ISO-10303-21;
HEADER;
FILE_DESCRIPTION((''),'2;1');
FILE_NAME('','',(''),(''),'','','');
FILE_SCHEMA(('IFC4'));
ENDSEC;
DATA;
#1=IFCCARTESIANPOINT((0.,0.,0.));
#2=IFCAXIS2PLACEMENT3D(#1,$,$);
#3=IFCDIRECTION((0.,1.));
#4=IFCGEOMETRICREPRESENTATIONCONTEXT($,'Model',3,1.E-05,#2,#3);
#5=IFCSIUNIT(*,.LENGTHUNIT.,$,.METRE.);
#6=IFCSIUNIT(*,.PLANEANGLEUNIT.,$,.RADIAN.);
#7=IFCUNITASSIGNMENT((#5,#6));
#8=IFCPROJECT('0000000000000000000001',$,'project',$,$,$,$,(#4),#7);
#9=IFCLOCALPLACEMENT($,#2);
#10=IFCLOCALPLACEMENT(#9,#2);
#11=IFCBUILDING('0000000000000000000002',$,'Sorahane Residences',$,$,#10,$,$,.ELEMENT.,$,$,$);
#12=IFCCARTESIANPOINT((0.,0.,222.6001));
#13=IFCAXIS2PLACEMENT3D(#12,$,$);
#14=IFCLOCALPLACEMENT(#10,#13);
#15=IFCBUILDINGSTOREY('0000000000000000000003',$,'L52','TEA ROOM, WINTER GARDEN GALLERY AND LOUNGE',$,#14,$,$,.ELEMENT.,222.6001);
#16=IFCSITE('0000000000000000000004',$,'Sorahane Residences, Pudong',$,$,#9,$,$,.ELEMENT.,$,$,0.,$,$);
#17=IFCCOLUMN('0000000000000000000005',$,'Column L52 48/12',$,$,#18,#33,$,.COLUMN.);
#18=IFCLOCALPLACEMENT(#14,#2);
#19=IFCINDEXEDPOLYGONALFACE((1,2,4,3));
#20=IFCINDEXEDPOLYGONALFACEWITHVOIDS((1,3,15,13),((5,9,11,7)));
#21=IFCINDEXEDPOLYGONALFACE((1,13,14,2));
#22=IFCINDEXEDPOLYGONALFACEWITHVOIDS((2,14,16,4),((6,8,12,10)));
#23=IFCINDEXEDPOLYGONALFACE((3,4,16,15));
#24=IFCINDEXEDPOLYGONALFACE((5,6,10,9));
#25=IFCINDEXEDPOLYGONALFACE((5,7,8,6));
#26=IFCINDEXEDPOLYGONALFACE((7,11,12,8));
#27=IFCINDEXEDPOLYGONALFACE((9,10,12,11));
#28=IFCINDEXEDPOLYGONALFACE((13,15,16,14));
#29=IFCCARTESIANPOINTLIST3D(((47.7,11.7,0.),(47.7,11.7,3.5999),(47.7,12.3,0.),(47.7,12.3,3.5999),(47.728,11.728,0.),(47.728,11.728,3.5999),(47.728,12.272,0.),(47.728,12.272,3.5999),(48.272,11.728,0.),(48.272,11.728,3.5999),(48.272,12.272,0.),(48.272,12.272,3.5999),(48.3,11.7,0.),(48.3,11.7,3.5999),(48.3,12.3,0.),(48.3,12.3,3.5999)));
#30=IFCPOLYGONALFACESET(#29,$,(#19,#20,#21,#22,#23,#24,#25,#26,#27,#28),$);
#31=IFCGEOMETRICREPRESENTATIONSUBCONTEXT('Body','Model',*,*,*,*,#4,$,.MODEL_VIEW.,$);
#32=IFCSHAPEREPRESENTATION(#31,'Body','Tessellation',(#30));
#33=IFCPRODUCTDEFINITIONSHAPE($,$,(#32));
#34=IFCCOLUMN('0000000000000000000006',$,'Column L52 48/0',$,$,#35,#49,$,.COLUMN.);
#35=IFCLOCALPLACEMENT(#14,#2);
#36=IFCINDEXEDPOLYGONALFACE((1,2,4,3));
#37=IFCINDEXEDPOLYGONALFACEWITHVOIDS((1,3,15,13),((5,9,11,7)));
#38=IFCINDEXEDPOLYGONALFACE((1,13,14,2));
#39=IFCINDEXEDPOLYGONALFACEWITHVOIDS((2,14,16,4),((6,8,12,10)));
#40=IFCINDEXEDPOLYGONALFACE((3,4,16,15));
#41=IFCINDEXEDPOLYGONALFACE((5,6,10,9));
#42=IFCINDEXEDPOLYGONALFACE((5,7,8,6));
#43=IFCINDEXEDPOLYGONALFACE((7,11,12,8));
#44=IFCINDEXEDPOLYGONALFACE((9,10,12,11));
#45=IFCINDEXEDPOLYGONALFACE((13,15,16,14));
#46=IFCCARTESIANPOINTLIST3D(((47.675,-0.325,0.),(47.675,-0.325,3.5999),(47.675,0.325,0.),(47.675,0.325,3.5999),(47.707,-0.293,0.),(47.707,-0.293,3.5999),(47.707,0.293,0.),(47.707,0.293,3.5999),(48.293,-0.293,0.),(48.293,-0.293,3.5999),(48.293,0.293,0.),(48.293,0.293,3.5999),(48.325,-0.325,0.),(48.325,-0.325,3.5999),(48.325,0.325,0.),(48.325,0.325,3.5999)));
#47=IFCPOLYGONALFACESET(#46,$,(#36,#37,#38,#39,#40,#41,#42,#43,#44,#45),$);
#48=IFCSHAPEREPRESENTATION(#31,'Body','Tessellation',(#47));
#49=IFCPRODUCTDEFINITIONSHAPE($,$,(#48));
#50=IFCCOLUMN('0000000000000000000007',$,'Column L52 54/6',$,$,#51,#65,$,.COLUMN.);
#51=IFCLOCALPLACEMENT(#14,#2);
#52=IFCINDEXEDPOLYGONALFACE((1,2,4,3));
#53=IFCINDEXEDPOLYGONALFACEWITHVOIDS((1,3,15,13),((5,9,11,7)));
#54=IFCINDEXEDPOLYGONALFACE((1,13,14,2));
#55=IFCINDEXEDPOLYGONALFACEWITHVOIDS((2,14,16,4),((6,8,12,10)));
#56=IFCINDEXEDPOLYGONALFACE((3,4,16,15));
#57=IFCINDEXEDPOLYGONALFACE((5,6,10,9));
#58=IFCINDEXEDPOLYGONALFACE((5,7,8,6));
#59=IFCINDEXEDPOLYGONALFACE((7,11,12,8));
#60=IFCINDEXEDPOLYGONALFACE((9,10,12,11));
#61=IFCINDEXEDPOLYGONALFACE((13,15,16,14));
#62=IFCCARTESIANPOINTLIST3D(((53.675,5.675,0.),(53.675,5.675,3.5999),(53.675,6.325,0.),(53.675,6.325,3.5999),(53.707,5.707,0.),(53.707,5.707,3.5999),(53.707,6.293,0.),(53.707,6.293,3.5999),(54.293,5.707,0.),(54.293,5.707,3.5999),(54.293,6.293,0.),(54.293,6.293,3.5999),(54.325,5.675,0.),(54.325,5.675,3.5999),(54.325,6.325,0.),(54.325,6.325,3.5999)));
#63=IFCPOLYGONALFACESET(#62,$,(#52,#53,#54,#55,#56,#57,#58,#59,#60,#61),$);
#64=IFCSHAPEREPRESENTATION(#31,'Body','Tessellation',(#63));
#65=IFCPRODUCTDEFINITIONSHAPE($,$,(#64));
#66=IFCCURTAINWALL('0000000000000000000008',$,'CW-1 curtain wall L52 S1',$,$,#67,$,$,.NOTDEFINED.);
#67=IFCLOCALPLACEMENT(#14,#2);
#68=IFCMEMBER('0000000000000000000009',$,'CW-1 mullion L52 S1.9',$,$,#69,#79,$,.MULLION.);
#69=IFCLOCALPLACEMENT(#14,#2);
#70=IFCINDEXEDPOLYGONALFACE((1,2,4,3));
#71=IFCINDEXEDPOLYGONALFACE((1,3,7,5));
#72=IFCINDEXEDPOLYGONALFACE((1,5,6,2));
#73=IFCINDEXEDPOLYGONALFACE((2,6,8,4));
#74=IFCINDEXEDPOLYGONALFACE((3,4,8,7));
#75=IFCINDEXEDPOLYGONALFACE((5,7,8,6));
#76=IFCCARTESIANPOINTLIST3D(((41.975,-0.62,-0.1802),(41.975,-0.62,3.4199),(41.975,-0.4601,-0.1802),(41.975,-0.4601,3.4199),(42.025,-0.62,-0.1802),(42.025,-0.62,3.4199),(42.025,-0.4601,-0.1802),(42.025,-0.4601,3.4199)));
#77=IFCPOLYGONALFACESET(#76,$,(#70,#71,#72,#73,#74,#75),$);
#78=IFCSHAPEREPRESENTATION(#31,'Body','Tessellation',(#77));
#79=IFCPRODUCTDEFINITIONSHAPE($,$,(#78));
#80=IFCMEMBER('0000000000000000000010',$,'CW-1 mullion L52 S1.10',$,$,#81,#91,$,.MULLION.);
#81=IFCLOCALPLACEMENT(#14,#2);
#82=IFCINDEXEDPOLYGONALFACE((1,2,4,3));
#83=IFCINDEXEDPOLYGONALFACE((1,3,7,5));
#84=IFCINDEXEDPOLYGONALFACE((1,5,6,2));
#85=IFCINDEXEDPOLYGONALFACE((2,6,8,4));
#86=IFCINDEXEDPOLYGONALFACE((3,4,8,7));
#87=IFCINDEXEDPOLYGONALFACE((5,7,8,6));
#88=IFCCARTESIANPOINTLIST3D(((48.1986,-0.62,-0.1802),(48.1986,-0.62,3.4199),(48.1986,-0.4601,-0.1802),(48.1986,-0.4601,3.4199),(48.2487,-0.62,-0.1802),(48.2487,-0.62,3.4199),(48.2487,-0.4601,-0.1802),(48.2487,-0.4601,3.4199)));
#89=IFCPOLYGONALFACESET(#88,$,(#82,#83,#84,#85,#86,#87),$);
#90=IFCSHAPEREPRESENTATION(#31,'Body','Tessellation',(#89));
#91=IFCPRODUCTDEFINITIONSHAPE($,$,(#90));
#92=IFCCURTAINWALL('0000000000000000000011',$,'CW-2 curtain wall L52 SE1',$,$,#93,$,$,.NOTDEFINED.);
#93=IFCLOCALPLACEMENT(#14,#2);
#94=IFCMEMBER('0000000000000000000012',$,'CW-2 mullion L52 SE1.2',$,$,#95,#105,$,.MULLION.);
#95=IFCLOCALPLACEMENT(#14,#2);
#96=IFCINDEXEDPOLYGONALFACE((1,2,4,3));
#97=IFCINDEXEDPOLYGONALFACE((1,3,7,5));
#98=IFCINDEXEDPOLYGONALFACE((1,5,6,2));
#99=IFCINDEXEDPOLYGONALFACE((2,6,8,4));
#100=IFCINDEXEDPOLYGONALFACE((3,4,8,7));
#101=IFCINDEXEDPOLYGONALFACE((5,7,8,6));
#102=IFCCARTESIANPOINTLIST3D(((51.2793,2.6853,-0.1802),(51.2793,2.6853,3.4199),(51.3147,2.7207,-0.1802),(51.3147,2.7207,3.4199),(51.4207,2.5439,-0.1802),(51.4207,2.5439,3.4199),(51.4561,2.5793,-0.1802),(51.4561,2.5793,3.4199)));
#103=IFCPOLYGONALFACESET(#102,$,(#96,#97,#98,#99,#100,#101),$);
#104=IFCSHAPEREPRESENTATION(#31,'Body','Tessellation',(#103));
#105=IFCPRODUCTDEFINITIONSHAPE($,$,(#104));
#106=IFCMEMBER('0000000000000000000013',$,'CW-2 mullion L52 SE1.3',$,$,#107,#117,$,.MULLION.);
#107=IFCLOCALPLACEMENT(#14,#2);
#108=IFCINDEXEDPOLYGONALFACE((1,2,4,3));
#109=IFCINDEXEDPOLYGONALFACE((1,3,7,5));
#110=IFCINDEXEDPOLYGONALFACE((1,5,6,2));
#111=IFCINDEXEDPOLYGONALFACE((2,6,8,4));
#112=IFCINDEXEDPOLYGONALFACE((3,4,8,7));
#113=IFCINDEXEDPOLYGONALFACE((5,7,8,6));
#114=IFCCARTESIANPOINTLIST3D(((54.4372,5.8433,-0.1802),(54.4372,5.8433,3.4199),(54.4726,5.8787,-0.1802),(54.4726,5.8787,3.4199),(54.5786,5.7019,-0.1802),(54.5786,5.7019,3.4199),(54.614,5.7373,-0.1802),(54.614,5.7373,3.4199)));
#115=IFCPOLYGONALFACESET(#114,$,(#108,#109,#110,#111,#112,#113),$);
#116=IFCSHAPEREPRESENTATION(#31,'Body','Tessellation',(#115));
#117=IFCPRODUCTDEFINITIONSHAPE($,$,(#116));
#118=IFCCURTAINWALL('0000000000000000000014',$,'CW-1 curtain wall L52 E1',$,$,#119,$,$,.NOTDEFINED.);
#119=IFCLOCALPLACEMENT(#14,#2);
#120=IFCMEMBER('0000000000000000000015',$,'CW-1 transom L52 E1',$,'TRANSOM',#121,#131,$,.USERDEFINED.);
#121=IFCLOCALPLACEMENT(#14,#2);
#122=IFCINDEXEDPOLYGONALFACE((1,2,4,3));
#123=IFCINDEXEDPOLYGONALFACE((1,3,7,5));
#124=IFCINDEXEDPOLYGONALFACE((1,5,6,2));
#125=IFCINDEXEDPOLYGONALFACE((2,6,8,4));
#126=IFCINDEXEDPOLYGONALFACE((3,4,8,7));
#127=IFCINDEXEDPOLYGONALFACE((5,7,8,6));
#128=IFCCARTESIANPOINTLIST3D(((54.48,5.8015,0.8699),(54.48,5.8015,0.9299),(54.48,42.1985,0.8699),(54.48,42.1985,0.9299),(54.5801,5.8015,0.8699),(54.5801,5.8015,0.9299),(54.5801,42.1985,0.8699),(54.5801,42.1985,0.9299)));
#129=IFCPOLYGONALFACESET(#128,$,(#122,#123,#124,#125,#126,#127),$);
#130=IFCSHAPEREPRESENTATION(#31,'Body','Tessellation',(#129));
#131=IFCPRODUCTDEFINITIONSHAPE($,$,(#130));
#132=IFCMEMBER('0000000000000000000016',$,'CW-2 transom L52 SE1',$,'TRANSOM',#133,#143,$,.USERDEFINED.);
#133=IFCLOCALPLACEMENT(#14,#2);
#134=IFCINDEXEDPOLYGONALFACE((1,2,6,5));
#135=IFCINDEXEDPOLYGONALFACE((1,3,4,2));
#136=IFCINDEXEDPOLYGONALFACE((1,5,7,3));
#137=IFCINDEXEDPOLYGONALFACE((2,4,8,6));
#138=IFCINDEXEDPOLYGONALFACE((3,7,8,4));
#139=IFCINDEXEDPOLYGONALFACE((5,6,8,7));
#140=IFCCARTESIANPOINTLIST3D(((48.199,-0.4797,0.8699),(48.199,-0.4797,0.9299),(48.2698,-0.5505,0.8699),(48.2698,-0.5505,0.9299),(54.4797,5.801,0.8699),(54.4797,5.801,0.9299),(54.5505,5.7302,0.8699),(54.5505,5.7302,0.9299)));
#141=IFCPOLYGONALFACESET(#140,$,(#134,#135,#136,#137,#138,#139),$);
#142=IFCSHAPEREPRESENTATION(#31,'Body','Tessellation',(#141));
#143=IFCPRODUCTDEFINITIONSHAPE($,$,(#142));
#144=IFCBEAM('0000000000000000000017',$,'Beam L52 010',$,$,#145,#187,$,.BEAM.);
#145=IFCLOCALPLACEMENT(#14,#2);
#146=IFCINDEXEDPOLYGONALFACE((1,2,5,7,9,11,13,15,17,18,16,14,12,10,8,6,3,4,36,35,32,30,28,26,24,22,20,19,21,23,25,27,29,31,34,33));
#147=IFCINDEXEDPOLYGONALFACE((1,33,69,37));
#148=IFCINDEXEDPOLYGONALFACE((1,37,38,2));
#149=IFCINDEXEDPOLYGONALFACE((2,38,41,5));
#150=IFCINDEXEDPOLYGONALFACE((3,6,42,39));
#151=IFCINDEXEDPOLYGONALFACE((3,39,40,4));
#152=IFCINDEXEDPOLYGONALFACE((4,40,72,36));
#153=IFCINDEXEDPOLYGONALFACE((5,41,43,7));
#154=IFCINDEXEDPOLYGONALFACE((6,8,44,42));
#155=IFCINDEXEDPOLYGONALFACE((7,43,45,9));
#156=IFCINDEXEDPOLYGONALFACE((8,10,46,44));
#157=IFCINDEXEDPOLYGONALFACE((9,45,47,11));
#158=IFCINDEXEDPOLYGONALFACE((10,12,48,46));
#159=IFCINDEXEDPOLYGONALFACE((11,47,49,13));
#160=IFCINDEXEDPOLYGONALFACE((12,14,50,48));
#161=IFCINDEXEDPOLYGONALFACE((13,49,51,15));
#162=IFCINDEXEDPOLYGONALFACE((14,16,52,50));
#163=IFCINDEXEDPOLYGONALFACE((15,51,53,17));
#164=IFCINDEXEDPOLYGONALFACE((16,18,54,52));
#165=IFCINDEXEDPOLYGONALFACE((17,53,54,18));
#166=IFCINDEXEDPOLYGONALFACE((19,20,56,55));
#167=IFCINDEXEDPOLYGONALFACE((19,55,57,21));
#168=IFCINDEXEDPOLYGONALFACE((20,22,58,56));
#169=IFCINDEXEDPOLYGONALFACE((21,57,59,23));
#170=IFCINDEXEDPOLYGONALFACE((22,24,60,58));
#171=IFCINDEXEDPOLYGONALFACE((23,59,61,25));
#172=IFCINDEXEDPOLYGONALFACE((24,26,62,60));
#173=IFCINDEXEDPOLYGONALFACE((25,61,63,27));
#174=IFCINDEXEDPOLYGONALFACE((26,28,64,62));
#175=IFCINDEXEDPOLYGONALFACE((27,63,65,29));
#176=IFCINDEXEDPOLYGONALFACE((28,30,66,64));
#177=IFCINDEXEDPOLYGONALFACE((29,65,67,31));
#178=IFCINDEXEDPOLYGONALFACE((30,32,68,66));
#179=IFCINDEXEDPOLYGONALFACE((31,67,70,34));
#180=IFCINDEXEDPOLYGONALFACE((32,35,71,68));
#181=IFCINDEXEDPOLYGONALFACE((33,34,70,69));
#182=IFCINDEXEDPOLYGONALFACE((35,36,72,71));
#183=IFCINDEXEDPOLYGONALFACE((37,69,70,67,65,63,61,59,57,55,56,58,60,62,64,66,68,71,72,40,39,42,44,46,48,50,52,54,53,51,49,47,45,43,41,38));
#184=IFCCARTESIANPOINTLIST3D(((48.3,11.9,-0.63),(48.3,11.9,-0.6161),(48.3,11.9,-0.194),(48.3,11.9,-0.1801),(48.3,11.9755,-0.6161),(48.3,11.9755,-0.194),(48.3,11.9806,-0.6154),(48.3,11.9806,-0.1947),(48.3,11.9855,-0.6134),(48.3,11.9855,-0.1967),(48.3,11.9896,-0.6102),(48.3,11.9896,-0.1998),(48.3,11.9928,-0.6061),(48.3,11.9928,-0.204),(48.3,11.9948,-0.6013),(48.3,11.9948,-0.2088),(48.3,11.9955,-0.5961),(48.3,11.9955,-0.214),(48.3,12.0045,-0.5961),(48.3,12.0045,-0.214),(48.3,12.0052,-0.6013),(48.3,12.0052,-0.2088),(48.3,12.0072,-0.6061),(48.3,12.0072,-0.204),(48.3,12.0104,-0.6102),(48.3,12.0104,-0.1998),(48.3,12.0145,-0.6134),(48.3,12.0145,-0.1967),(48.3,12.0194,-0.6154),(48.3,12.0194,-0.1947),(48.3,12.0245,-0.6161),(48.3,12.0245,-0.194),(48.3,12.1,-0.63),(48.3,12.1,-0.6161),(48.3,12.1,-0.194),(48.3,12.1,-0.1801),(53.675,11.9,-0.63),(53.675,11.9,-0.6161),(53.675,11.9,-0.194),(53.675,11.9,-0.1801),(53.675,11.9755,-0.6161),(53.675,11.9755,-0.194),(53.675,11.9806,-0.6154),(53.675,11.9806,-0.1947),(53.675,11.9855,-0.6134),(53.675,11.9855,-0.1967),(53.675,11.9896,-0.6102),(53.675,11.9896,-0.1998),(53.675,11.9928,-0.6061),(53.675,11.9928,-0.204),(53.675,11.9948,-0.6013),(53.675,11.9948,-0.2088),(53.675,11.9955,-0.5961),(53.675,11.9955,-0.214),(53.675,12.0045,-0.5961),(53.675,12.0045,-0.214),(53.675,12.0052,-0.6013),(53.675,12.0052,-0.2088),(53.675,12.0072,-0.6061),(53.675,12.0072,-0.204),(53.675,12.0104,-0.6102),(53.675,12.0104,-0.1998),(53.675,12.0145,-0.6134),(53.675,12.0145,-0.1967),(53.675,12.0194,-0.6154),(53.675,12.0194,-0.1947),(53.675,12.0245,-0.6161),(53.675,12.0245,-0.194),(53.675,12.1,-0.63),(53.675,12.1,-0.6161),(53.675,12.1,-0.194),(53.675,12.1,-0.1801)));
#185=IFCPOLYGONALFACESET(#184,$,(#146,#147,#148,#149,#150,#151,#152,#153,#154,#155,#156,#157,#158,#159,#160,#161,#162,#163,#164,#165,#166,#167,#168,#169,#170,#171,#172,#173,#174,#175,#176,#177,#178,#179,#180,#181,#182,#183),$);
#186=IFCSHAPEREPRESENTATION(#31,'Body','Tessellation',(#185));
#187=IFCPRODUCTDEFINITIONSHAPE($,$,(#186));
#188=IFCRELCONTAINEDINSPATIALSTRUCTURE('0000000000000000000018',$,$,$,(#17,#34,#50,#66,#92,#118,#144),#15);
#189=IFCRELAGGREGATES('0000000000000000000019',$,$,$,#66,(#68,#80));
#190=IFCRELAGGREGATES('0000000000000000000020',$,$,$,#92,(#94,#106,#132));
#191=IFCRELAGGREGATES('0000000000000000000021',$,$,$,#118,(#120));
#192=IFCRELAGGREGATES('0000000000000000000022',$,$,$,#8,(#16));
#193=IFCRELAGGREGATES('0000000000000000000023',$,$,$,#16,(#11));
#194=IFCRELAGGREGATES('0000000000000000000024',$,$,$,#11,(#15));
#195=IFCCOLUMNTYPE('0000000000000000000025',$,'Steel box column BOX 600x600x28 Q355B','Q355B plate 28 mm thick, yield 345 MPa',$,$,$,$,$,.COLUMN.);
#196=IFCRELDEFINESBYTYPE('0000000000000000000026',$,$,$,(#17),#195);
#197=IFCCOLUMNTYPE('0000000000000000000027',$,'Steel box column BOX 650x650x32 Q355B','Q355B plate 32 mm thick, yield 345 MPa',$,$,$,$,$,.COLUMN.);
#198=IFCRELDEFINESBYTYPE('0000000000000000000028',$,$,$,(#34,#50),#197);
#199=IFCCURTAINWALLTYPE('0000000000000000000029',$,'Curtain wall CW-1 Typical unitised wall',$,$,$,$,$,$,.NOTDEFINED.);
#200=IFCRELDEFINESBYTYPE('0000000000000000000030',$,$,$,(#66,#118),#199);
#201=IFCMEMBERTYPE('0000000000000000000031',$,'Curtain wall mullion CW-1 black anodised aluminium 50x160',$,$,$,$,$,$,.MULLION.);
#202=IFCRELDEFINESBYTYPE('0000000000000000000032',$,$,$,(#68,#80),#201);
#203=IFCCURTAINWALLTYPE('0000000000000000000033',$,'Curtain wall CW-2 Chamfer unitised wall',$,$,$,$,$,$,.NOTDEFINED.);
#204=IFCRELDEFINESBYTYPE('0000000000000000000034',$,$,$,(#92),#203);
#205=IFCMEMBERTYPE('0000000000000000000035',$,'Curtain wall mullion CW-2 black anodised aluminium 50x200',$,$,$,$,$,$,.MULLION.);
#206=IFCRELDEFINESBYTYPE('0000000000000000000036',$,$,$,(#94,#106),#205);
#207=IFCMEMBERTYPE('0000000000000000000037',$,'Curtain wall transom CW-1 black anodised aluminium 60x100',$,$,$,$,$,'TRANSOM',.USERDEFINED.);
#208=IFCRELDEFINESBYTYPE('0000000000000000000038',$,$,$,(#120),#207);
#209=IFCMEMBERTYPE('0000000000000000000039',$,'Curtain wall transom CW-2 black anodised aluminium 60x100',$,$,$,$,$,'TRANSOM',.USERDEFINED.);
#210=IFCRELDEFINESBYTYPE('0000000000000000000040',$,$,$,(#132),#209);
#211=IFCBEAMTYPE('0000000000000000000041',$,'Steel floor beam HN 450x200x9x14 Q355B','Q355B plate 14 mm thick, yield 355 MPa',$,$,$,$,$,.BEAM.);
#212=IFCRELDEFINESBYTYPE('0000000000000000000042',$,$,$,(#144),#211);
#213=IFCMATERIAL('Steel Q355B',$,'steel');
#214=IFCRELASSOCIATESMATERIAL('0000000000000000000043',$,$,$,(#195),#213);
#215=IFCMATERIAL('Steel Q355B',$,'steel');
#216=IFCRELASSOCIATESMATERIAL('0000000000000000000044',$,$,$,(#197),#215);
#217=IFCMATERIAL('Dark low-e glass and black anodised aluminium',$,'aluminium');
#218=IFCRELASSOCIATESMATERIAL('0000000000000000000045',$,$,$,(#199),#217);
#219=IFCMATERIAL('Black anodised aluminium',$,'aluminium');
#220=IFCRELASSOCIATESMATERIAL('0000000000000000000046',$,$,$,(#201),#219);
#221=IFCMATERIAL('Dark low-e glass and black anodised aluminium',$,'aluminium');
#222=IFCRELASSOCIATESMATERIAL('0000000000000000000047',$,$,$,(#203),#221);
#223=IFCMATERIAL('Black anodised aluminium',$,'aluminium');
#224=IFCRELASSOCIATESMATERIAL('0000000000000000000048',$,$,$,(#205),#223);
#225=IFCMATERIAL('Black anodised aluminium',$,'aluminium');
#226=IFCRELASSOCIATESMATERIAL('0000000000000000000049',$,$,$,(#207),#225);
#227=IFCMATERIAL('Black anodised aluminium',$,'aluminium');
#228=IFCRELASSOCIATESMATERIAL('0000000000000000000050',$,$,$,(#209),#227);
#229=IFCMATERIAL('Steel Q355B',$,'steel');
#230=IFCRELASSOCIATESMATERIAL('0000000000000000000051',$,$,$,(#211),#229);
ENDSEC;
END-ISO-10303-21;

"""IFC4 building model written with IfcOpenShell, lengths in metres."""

from ifc_helpers import new_model, si_unit, direction, frame, origin, origin_2d, place, context, subcontext, project, spatial, rectangle, hollow_rectangle, i_section, extrude, material, material_profile, profile_set, type_object, element, aggregate, save


model = new_model("IFC4")

# Units and contexts
model_context = context("Model", 3, precision=1e-05, world=origin(), true_north=direction((0.0, 1.0)))
body_context = subcontext(model_context, "Body", "Model", "MODEL_VIEW")
ifc_project = project(units=[si_unit("LENGTHUNIT", "METRE"), si_unit("PLANEANGLEUNIT", "RADIAN")], contexts=[model_context])

# Site, building, storey
site_placement = place(None, origin())
site = spatial("IfcSite", under=ifc_project, at=site_placement, Name="Sorahane Residences, Pudong", CompositionType="ELEMENT", RefElevation=0.0)
building_placement = place(site_placement, origin())
building = spatial("IfcBuilding", under=site, at=building_placement, Name="Sorahane Residences", CompositionType="ELEMENT")
storey_placement = place(building_placement, frame((0.0, 0.0, 222.6001)))
storey = spatial("IfcBuildingStorey", under=building, at=storey_placement, Name="L52", Description="TEA ROOM, WINTER GARDEN GALLERY AND LOUNGE", CompositionType="ELEMENT", Elevation=222.6001)

# Columns
ifc_material_1 = material(Name="Steel Q355B", Category="steel")
ifc_material_profile_1 = material_profile(ifc_material_1, hollow_rectangle(XDim=0.6001, YDim=0.6001, WallThickness=0.0281, at=origin_2d()), Name="BOX 600x600x28")
ifc_profile_set_1 = profile_set([ifc_material_profile_1], Name="Steel Q355B")
column_type_1 = type_object("IfcColumnType", Name="Steel box column BOX 600x600x28 Q355B", Description="Q355B plate 28 mm thick, yield 345 MPa", PredefinedType="COLUMN", material=ifc_profile_set_1)
column_placement = place(storey_placement, frame((48.0, 12.0, 0.0), z_axis=(0.0, 0.0, 1.0), x_axis=(1.0, 0.0, 0.0)))
element("IfcColumn", 1, at=column_placement, inside=storey, type_object=column_type_1, Name="Column L52 48/12", PredefinedType="COLUMN", context=body_context, shape_type="SweptSolid", body=[
    extrude(hollow_rectangle(XDim=0.6001, YDim=0.6001, WallThickness=0.0281, at=origin_2d()), origin(), (0.0, 0.0, 1.0), 3.5999),
])
ifc_material_2 = material(Name="Steel Q355B", Category="steel")
ifc_material_profile_2 = material_profile(ifc_material_2, hollow_rectangle(XDim=0.6499, YDim=0.6499, WallThickness=0.032, at=origin_2d()), Name="BOX 650x650x32")
ifc_profile_set_2 = profile_set([ifc_material_profile_2], Name="Steel Q355B")
column_type_2 = type_object("IfcColumnType", Name="Steel box column BOX 650x650x32 Q355B", Description="Q355B plate 32 mm thick, yield 345 MPa", PredefinedType="COLUMN", material=ifc_profile_set_2)
for number, where, z_axis, x_axis, name in (
    (2, (48.0, 0.0, 0.0), (0.0, 0.0, 1.0), (1.0, 0.0, 0.0), "Column L52 48/0"),
    (3, (54.0, 6.0, 0.0), (0.0, 0.0, 1.0), (1.0, 0.0, 0.0), "Column L52 54/6"),
):
    element("IfcColumn", number, at=place(storey_placement, frame(where, z_axis=z_axis, x_axis=x_axis)), inside=storey, type_object=column_type_2, Name=name, PredefinedType="COLUMN", context=body_context, shape_type="SweptSolid", body=[
        extrude(hollow_rectangle(XDim=0.6499, YDim=0.6499, WallThickness=0.032, at=origin_2d()), origin(), (0.0, 0.0, 1.0), 3.5999),
    ])

# Curtain walls, members
ifc_material_3 = material(Name="Dark low-e glass and black anodised aluminium", Category="aluminium")
curtain_wall_type_1 = type_object("IfcCurtainWallType", Name="Curtain wall CW-1 Typical unitised wall", PredefinedType="NOTDEFINED", material=ifc_material_3)
curtain_wall_1_placement = place(storey_placement, origin())
curtain_wall_1 = element("IfcCurtainWall", 4, at=curtain_wall_1_placement, inside=storey, type_object=curtain_wall_type_1, Name="CW-1 curtain wall L52 S1", PredefinedType="NOTDEFINED")
ifc_material_4 = material(Name="Black anodised aluminium", Category="aluminium")
ifc_material_profile_3 = material_profile(ifc_material_4, rectangle(XDim=0.1599, YDim=0.05, at=origin_2d()), Name="Curtain wall mullion CW-1 black anodised aluminium 50x160")
ifc_profile_set_3 = profile_set([ifc_material_profile_3], Name="Black anodised aluminium")
member_type_1 = type_object("IfcMemberType", Name="Curtain wall mullion CW-1 black anodised aluminium 50x160", PredefinedType="MULLION", material=ifc_profile_set_3)
member_1_placement = place(storey_placement, frame((42.0, -0.54, -0.1802), z_axis=(0.0, 0.0, 1.0), x_axis=(0.0, -1.0, 0.0)))
member_1 = element("IfcMember", 5, at=member_1_placement, type_object=member_type_1, Name="CW-1 mullion L52 S1.9", PredefinedType="MULLION", context=body_context, shape_type="SweptSolid", body=[
    extrude(rectangle(XDim=0.1599, YDim=0.05, at=origin_2d()), origin(), (0.0, 0.0, 1.0), 3.6001),
])
member_2_placement = place(storey_placement, frame((48.2236, -0.54, -0.1802), z_axis=(0.0, 0.0, 1.0), x_axis=(0.0, -1.0, 0.0)))
member_2 = element("IfcMember", 6, at=member_2_placement, type_object=member_type_1, Name="CW-1 mullion L52 S1.10", PredefinedType="MULLION", context=body_context, shape_type="SweptSolid", body=[
    extrude(rectangle(XDim=0.1599, YDim=0.05, at=origin_2d()), origin(), (0.0, 0.0, 1.0), 3.6001),
])
ifc_material_5 = material(Name="Dark low-e glass and black anodised aluminium", Category="aluminium")
curtain_wall_type_2 = type_object("IfcCurtainWallType", Name="Curtain wall CW-2 Chamfer unitised wall", PredefinedType="NOTDEFINED", material=ifc_material_5)
curtain_wall_2_placement = place(storey_placement, origin())
curtain_wall_2 = element("IfcCurtainWall", 7, at=curtain_wall_2_placement, inside=storey, type_object=curtain_wall_type_2, Name="CW-2 curtain wall L52 SE1", PredefinedType="NOTDEFINED")
ifc_material_6 = material(Name="Black anodised aluminium", Category="aluminium")
ifc_material_profile_4 = material_profile(ifc_material_6, rectangle(XDim=0.2, YDim=0.05, at=origin_2d()), Name="Curtain wall mullion CW-2 black anodised aluminium 50x200")
ifc_profile_set_4 = profile_set([ifc_material_profile_4], Name="Black anodised aluminium")
member_type_2 = type_object("IfcMemberType", Name="Curtain wall mullion CW-2 black anodised aluminium 50x200", PredefinedType="MULLION", material=ifc_profile_set_4)
member_3_placement = place(storey_placement, frame((51.3677, 2.6323, -0.1802), z_axis=(0.0, 0.0, 1.0), x_axis=(0.707107, -0.707107, 0.0)))
member_3 = element("IfcMember", 8, at=member_3_placement, type_object=member_type_2, Name="CW-2 mullion L52 SE1.2", PredefinedType="MULLION", context=body_context, shape_type="SweptSolid", body=[
    extrude(rectangle(XDim=0.2, YDim=0.05, at=origin_2d()), origin(), (0.0, 0.0, 1.0), 3.6001),
])
member_4_placement = place(storey_placement, frame((54.5256, 5.7903, -0.1802), z_axis=(0.0, 0.0, 1.0), x_axis=(0.707107, -0.707107, 0.0)))
member_4 = element("IfcMember", 9, at=member_4_placement, type_object=member_type_2, Name="CW-2 mullion L52 SE1.3", PredefinedType="MULLION", context=body_context, shape_type="SweptSolid", body=[
    extrude(rectangle(XDim=0.2, YDim=0.05, at=origin_2d()), origin(), (0.0, 0.0, 1.0), 3.6001),
])

# Curtain wall, member
curtain_wall_3_placement = place(storey_placement, origin())
curtain_wall_3 = element("IfcCurtainWall", 10, at=curtain_wall_3_placement, inside=storey, type_object=curtain_wall_type_1, Name="CW-1 curtain wall L52 E1", PredefinedType="NOTDEFINED")
ifc_material_7 = material(Name="Black anodised aluminium", Category="aluminium")
ifc_material_profile_5 = material_profile(ifc_material_7, rectangle(XDim=0.1001, YDim=0.0601, at=origin_2d()), Name="Curtain wall transom CW-1 black anodised aluminium 60x100")
ifc_profile_set_5 = profile_set([ifc_material_profile_5], Name="Black anodised aluminium")
member_type_3 = type_object("IfcMemberType", Name="Curtain wall transom CW-1 black anodised aluminium 60x100", ElementType="TRANSOM", PredefinedType="USERDEFINED", material=ifc_profile_set_5)
member_5_placement = place(storey_placement, frame((54.53, 5.8015, 0.8999), z_axis=(0.0, 1.0, 0.0), x_axis=(-1.0, 0.0, 0.0)))
member_5 = element("IfcMember", 11, at=member_5_placement, type_object=member_type_3, Name="CW-1 transom L52 E1", ObjectType="TRANSOM", PredefinedType="USERDEFINED", context=body_context, shape_type="SweptSolid", body=[
    extrude(rectangle(XDim=0.1001, YDim=0.0601, at=origin_2d()), origin(), (0.0, 0.0, 1.0), 36.397),
])

# Member
ifc_material_8 = material(Name="Black anodised aluminium", Category="aluminium")
ifc_material_profile_6 = material_profile(ifc_material_8, rectangle(XDim=0.1001, YDim=0.0601, at=origin_2d()), Name="Curtain wall transom CW-2 black anodised aluminium 60x100")
ifc_profile_set_6 = profile_set([ifc_material_profile_6], Name="Black anodised aluminium")
member_type_4 = type_object("IfcMemberType", Name="Curtain wall transom CW-2 black anodised aluminium 60x100", ElementType="TRANSOM", PredefinedType="USERDEFINED", material=ifc_profile_set_6)
member_6_placement = place(storey_placement, frame((48.2344, -0.5151, 0.8999), z_axis=(0.707107, 0.707107, 0.0), x_axis=(-0.707107, 0.707107, 0.0)))
member_6 = element("IfcMember", 12, at=member_6_placement, type_object=member_type_4, Name="CW-2 transom L52 SE1", ObjectType="TRANSOM", PredefinedType="USERDEFINED", context=body_context, shape_type="SweptSolid", body=[
    extrude(rectangle(XDim=0.1001, YDim=0.0601, at=origin_2d()), origin(), (0.0, 0.0, 1.0), 8.8823),
])

# Beam
ifc_material_9 = material(Name="Steel Q355B", Category="steel")
ifc_material_profile_7 = material_profile(ifc_material_9, i_section(OverallWidth=0.2, OverallDepth=0.45, WebThickness=0.009, FlangeThickness=0.0139, FilletRadius=0.02, at=origin_2d()), Name="HN 450x200x9x14")
ifc_profile_set_7 = profile_set([ifc_material_profile_7], Name="Steel Q355B")
beam_type_1 = type_object("IfcBeamType", Name="Steel floor beam HN 450x200x9x14 Q355B", Description="Q355B plate 14 mm thick, yield 355 MPa", PredefinedType="BEAM", material=ifc_profile_set_7)
beam_1_placement = place(storey_placement, frame((48.3, 12.0, -0.405), z_axis=(1.0, 0.0, 0.0), x_axis=(0.0, 1.0, 0.0)))
element("IfcBeam", 13, at=beam_1_placement, inside=storey, type_object=beam_type_1, Name="Beam L52 010", PredefinedType="BEAM", context=body_context, shape_type="SweptSolid", body=[
    extrude(i_section(OverallWidth=0.2, OverallDepth=0.45, WebThickness=0.009, FlangeThickness=0.0139, FilletRadius=0.02, at=origin_2d()), origin(), (0.0, 0.0, 1.0), 5.375),
])

aggregate(curtain_wall_1, [member_1, member_2])
aggregate(curtain_wall_2, [member_3, member_4, member_6])
aggregate(curtain_wall_3, [member_5])

save(model, "model.ifc")
